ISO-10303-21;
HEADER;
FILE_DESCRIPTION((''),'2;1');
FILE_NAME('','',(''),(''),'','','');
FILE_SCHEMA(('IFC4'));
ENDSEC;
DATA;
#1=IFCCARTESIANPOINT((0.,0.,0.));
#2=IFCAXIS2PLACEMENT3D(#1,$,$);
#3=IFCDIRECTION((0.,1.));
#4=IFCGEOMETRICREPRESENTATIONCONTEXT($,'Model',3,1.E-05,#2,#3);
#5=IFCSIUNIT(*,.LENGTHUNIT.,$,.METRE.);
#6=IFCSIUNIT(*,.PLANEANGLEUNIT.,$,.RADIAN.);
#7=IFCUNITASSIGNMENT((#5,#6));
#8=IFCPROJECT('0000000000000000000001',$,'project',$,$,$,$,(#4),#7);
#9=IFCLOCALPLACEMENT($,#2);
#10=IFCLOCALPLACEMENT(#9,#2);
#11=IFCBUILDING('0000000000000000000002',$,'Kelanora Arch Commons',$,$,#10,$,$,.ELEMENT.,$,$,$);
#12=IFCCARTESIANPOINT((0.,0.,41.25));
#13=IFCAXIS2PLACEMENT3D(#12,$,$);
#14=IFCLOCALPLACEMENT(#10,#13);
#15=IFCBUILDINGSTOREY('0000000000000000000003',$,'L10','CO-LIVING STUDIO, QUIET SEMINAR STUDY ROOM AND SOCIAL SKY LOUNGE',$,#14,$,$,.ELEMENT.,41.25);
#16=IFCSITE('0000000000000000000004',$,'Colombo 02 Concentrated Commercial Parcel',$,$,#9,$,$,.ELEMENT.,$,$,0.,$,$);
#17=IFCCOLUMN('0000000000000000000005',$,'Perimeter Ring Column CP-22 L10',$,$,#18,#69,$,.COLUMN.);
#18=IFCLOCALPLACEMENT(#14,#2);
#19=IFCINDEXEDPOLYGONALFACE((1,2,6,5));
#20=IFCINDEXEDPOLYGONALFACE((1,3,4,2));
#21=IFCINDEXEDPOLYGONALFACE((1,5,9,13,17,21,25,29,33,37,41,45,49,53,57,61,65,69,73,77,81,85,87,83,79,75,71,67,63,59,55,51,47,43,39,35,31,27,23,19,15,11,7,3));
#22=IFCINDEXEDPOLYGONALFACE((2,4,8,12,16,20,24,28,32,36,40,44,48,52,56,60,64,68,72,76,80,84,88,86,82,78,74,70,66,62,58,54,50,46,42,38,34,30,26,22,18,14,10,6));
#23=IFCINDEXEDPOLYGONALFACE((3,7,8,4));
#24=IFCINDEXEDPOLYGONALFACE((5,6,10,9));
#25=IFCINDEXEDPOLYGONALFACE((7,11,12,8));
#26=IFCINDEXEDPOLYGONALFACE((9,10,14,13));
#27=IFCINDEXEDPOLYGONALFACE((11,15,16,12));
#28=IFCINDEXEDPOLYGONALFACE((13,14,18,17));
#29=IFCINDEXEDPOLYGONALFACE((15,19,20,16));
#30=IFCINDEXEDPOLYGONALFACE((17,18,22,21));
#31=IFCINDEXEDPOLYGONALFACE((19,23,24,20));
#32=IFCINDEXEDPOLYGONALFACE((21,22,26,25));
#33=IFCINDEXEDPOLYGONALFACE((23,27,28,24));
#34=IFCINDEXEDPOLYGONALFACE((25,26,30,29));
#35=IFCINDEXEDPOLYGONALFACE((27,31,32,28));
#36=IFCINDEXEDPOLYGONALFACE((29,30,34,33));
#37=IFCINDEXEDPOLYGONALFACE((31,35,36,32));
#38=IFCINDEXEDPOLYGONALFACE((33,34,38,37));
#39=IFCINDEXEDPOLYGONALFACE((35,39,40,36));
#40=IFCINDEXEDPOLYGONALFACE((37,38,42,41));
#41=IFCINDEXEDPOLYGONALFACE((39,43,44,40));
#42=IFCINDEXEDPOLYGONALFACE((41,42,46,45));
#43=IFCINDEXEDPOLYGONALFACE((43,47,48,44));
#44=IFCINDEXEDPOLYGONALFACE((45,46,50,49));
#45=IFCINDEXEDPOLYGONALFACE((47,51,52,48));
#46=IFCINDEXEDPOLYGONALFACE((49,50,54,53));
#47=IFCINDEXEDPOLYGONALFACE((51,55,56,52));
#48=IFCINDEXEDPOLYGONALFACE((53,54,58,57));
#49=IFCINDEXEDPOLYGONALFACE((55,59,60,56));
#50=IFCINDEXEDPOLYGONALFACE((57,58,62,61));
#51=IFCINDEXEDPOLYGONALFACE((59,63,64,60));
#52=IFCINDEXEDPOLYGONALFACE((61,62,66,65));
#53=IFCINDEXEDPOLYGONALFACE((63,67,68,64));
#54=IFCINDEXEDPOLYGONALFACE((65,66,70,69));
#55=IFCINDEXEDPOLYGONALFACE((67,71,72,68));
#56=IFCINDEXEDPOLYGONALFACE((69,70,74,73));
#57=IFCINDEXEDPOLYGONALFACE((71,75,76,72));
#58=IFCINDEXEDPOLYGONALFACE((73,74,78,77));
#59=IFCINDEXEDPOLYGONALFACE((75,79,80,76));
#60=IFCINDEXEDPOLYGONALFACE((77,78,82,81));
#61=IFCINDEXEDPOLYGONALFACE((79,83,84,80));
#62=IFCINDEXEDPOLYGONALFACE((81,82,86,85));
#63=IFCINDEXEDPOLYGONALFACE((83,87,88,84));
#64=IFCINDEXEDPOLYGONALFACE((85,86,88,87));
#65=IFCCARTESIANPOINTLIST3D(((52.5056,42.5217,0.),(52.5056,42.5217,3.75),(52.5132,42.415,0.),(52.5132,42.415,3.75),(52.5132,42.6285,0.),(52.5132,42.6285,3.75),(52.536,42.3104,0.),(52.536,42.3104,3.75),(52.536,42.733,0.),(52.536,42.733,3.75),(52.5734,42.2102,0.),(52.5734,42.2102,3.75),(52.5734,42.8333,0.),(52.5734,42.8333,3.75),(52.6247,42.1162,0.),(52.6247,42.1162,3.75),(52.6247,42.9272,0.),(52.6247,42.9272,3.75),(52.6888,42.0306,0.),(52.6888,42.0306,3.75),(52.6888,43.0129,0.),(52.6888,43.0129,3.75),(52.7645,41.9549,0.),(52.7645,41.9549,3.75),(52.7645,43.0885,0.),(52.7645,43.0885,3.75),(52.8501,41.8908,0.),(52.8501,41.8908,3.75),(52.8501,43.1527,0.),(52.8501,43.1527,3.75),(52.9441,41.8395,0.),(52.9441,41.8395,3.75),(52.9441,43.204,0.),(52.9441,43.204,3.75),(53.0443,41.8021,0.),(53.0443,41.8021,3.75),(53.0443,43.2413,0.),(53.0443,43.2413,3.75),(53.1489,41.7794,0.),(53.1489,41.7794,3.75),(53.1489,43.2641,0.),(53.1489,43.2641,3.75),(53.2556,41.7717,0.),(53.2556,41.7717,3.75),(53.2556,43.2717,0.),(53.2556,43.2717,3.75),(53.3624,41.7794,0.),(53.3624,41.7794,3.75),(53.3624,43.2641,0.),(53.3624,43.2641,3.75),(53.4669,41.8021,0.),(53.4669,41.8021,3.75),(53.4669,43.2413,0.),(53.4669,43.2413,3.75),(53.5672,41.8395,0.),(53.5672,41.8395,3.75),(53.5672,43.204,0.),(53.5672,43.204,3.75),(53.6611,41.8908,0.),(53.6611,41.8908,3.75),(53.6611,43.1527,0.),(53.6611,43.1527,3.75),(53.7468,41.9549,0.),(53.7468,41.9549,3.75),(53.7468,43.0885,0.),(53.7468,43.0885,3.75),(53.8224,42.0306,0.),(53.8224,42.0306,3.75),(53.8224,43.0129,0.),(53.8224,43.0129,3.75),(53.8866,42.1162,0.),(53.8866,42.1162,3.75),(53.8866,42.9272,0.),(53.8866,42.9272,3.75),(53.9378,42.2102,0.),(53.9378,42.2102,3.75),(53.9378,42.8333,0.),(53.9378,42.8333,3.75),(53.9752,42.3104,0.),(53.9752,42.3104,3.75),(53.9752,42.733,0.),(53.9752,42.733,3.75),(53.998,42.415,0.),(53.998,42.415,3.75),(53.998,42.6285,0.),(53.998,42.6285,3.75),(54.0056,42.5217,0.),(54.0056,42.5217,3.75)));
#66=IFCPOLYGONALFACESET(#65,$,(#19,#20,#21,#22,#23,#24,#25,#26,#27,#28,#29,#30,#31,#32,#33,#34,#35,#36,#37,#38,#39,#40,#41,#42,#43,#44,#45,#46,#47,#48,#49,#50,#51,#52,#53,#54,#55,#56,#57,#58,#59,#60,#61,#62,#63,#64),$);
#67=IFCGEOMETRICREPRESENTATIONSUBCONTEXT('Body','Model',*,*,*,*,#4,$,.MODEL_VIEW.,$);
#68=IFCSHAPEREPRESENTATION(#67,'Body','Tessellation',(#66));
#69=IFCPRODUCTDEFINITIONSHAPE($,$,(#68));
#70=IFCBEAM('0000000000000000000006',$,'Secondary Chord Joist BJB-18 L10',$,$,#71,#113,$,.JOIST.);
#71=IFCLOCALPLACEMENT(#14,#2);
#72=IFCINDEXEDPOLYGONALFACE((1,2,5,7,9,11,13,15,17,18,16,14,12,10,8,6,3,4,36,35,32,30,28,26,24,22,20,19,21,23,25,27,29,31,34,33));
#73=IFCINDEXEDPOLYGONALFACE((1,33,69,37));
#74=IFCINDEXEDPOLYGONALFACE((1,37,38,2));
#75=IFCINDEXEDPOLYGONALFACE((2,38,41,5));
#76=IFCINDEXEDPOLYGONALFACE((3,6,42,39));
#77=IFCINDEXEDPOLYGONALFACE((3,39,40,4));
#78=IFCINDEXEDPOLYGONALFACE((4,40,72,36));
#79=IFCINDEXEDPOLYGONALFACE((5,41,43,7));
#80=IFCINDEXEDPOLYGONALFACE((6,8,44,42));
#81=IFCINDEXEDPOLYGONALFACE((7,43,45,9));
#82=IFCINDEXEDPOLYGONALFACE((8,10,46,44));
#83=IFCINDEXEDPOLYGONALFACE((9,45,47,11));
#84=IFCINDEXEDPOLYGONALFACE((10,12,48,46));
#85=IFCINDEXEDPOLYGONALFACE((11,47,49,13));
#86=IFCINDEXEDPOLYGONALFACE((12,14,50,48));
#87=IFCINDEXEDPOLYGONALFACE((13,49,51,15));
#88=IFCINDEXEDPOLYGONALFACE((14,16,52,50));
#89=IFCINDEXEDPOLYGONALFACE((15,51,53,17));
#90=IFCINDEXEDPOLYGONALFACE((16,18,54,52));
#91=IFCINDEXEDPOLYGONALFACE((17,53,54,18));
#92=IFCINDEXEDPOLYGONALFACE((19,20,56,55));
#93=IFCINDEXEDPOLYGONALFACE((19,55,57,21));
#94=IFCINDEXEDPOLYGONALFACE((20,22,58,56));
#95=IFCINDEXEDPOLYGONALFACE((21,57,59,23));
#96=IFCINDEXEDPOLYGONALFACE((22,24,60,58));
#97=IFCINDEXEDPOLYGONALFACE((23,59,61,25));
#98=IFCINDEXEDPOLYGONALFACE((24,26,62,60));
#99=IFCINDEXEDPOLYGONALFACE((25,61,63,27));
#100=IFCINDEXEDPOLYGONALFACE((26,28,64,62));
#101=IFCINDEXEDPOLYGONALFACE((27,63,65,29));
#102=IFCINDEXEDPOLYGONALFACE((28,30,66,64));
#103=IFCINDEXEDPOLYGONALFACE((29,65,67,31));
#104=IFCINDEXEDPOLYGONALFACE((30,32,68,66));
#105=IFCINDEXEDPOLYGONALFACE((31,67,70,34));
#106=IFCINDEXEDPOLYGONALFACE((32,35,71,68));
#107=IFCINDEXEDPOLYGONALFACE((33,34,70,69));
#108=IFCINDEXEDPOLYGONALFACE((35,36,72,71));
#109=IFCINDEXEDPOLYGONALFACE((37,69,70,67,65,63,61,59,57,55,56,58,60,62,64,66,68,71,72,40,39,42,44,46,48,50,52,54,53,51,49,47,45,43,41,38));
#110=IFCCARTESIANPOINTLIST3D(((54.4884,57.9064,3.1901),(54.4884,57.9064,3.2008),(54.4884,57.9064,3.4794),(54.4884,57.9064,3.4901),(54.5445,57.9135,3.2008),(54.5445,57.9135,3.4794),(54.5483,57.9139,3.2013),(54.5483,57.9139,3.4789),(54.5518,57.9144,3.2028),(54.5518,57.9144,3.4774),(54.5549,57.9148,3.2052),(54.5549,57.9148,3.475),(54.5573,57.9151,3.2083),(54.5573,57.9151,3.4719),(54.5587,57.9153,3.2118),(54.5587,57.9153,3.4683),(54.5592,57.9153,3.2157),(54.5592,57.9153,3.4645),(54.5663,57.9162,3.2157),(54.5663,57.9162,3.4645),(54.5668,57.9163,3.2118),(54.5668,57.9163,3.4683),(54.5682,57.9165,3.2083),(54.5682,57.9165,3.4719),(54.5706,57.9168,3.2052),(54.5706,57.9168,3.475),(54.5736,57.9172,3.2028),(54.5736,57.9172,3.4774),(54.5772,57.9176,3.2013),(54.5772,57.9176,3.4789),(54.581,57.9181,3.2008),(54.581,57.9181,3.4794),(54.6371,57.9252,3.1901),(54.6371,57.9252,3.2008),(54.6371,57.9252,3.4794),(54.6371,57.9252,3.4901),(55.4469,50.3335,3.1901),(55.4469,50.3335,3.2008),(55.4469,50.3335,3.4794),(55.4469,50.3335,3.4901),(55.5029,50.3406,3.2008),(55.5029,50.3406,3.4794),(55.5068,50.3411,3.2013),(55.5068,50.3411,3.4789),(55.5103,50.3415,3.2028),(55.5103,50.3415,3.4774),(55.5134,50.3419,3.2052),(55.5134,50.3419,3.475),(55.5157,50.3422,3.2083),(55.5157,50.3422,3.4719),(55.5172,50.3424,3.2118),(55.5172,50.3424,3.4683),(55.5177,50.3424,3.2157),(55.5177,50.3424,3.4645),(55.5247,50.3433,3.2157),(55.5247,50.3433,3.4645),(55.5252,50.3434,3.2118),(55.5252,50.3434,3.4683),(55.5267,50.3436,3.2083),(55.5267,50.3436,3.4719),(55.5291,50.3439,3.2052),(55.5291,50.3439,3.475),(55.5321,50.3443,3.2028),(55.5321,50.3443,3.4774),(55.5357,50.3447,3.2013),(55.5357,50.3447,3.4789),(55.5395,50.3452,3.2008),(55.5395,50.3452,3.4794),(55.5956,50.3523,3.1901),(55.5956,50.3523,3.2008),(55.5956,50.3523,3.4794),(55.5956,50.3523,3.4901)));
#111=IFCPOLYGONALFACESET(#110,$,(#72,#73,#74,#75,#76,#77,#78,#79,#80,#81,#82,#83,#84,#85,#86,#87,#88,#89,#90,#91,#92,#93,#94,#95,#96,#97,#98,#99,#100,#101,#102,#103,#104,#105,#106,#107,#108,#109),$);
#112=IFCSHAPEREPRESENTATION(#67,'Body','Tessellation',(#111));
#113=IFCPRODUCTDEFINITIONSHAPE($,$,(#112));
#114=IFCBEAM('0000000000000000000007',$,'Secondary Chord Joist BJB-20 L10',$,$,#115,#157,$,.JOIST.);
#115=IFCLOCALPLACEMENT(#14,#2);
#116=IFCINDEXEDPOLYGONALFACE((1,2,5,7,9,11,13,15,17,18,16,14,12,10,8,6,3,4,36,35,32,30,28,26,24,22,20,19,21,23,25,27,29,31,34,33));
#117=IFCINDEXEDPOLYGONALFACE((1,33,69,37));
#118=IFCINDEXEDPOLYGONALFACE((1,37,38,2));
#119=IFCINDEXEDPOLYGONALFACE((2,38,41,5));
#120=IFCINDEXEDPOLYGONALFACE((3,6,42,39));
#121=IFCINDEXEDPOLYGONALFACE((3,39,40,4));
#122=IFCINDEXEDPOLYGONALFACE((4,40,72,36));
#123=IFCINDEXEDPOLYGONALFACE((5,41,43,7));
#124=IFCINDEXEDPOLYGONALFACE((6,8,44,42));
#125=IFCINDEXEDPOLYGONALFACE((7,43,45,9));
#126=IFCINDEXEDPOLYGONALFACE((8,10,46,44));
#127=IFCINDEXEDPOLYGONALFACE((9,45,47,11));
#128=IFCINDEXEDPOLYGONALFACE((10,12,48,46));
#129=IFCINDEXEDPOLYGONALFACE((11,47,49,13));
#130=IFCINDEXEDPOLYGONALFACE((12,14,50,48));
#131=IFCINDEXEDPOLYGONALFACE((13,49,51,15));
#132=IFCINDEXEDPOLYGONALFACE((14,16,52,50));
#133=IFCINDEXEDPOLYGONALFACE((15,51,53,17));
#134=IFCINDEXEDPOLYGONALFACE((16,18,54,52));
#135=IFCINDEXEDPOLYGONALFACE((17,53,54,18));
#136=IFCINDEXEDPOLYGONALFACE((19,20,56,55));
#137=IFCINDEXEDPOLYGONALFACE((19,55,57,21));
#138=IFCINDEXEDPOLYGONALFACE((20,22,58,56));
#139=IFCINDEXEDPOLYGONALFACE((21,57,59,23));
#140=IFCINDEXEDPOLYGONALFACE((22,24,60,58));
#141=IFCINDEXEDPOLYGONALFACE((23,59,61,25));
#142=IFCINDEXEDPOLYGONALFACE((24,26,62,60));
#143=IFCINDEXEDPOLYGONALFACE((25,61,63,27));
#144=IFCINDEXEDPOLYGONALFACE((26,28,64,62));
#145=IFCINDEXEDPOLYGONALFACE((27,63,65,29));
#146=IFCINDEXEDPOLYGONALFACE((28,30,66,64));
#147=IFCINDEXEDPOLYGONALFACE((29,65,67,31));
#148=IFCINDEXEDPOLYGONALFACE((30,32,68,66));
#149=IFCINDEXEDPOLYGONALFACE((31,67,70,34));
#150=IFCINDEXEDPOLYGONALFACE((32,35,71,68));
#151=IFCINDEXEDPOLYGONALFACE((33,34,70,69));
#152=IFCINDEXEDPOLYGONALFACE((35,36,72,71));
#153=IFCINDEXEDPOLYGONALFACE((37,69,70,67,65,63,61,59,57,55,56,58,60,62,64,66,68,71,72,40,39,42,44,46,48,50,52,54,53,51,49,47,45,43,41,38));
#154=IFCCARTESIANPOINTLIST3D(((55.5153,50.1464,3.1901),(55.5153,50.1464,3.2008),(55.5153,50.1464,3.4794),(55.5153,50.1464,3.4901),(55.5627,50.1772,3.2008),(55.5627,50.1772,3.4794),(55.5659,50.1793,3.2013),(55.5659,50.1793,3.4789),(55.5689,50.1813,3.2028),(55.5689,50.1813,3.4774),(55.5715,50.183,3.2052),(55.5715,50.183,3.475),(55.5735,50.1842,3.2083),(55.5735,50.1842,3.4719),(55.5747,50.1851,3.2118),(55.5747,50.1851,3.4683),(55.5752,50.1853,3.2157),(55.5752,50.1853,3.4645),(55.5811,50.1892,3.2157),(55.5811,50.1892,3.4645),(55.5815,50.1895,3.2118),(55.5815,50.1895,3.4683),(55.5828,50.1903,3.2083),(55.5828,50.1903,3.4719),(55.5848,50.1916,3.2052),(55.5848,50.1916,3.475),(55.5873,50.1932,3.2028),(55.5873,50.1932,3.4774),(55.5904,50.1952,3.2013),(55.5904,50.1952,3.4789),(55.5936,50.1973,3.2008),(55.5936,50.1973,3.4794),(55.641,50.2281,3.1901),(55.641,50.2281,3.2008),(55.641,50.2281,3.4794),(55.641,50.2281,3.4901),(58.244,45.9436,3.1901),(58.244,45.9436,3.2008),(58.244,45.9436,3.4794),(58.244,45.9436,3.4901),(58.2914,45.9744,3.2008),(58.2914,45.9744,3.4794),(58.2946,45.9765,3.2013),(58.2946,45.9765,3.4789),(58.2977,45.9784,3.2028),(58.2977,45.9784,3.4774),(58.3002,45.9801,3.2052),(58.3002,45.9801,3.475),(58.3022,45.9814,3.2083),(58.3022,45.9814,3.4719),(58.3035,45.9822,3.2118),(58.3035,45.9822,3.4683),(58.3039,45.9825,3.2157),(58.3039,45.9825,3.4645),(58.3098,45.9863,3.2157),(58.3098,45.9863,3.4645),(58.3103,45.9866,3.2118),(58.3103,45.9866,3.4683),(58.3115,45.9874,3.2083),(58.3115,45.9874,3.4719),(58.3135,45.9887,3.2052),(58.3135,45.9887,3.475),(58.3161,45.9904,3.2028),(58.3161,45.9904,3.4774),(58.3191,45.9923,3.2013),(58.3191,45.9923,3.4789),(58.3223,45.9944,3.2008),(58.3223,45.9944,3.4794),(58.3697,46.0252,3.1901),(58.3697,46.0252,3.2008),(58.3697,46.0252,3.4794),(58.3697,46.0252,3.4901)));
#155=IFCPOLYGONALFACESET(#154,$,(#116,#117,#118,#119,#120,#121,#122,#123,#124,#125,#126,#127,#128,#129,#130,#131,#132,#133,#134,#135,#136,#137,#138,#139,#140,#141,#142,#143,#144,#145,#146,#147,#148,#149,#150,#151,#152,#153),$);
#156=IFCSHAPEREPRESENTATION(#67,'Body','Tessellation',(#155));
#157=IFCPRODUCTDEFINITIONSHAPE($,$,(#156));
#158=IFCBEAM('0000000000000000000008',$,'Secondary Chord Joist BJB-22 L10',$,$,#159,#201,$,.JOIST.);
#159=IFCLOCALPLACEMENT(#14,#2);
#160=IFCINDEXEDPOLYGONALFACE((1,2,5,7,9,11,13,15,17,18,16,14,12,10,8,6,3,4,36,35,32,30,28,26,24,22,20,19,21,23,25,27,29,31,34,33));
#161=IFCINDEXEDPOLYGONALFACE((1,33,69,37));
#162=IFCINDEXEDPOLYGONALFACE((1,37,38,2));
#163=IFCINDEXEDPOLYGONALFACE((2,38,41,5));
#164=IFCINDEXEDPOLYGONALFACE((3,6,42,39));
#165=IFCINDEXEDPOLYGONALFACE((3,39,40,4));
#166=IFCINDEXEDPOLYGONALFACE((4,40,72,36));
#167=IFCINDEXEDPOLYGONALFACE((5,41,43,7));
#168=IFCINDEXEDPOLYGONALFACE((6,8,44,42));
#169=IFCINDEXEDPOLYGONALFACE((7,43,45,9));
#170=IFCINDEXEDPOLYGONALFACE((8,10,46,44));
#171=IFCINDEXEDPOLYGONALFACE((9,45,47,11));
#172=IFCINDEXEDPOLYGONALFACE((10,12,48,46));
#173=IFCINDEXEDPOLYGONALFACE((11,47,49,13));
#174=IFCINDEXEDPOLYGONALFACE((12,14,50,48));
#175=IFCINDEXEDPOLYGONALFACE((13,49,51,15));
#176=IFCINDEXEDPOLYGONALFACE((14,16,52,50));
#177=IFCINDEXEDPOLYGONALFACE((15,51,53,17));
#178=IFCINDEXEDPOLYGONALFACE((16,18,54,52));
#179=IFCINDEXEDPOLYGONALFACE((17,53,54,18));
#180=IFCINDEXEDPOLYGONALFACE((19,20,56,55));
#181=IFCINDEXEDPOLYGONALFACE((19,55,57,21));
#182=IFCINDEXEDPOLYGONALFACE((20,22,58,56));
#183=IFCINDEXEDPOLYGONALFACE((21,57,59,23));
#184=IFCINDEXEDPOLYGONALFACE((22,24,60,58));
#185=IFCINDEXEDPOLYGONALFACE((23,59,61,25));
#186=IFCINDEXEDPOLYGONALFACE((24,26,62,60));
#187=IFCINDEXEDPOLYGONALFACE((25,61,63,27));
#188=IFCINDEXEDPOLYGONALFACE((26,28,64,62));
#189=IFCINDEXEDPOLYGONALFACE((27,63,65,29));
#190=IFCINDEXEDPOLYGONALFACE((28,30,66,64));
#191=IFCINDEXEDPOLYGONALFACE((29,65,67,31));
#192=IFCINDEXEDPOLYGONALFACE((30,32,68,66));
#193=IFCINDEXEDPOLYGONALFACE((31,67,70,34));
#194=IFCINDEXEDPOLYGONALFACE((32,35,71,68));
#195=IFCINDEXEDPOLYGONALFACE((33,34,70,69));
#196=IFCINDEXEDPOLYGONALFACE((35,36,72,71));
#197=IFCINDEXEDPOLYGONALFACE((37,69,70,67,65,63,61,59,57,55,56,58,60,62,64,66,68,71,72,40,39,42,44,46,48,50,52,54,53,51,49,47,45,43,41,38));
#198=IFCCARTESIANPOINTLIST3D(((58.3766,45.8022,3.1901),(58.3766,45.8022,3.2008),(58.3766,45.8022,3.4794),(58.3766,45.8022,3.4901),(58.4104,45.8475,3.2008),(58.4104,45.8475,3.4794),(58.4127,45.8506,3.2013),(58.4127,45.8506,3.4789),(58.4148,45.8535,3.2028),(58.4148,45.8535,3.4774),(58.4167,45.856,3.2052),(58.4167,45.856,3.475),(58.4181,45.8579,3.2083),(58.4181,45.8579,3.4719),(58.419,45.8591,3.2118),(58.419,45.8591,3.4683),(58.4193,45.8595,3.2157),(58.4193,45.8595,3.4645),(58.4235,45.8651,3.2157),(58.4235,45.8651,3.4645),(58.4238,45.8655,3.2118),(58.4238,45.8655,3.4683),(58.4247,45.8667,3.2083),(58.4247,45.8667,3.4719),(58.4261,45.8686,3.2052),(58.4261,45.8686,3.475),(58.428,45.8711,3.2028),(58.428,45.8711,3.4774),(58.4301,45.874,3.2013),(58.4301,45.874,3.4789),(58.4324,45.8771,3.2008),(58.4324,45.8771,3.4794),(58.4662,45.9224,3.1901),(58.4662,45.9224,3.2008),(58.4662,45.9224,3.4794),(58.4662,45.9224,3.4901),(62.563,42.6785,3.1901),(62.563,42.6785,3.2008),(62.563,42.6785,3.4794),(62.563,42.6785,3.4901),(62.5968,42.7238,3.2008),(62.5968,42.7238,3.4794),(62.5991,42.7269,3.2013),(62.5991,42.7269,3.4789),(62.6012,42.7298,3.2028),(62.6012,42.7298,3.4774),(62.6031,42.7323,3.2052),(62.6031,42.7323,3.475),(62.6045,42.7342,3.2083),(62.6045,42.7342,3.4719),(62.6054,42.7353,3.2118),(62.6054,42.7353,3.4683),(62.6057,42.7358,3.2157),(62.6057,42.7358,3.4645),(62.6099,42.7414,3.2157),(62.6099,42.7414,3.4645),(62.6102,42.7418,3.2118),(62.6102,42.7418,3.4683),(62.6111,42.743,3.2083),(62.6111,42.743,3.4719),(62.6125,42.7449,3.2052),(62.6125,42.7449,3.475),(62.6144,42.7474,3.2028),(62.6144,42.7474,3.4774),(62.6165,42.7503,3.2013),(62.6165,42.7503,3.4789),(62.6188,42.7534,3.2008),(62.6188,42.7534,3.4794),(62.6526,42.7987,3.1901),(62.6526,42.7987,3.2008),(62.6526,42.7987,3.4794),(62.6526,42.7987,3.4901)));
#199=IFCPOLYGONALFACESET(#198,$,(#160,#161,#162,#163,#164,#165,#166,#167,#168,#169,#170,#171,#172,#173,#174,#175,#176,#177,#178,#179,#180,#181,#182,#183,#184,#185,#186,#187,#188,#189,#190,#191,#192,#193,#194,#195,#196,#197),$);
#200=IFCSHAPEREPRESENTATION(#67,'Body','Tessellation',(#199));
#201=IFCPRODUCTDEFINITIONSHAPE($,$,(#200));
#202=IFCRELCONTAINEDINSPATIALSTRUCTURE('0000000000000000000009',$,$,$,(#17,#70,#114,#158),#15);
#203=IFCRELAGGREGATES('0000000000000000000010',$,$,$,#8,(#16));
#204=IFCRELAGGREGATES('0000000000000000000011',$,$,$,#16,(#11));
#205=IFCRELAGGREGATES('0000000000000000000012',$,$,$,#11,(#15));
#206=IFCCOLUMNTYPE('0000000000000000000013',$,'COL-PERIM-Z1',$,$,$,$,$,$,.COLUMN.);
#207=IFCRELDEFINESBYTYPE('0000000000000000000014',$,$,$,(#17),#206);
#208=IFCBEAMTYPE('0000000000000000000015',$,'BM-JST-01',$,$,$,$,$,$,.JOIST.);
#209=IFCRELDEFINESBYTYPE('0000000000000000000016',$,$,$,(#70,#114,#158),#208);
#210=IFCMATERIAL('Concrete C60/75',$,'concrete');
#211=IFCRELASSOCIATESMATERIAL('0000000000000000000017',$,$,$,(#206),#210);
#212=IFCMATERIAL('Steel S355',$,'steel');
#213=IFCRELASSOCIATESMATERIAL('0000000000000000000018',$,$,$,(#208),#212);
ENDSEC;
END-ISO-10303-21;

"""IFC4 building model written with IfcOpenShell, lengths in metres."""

from ifc_helpers import new_model, si_unit, direction, frame, origin, origin_2d, place, context, subcontext, project, spatial, circle, i_section, extrude, material, material_profile, profile_set, type_object, element, save


model = new_model("IFC4")

# Units and contexts
model_context = context("Model", 3, precision=1e-05, world=origin(), true_north=direction((0.0, 1.0)))
body_context = subcontext(model_context, "Body", "Model", "MODEL_VIEW")
ifc_project = project(units=[si_unit("LENGTHUNIT", "METRE"), si_unit("PLANEANGLEUNIT", "RADIAN")], contexts=[model_context])

# Site, building, storey
site_placement = place(None, origin())
site = spatial("IfcSite", under=ifc_project, at=site_placement, Name="Colombo 02 Concentrated Commercial Parcel", CompositionType="ELEMENT", RefElevation=0.0)
building_placement = place(site_placement, origin())
building = spatial("IfcBuilding", under=site, at=building_placement, Name="Kelanora Arch Commons", CompositionType="ELEMENT")
storey_placement = place(building_placement, frame((0.0, 0.0, 41.25)))
storey = spatial("IfcBuildingStorey", under=building, at=storey_placement, Name="L10", Description="CO-LIVING STUDIO, QUIET SEMINAR STUDY ROOM AND SOCIAL SKY LOUNGE", CompositionType="ELEMENT", Elevation=41.25)

# Column
ifc_material_1 = material(Name="Concrete C60/75", Category="concrete")
ifc_material_profile_1 = material_profile(ifc_material_1, circle(Radius=0.75, at=origin_2d()), Name="RCC1500")
ifc_profile_set_1 = profile_set([ifc_material_profile_1], Name="Concrete C60/75")
column_type = type_object("IfcColumnType", Name="COL-PERIM-Z1", PredefinedType="COLUMN", material=ifc_profile_set_1)
column_placement = place(storey_placement, frame((53.2556, 42.5217, 0.0), z_axis=(0.0, 0.0, 1.0), x_axis=(1.0, 0.0, 0.0)))
element("IfcColumn", 1, at=column_placement, inside=storey, type_object=column_type, Name="Perimeter Ring Column CP-22 L10", PredefinedType="COLUMN", context=body_context, shape_type="SweptSolid", body=[
    extrude(circle(Radius=0.75, at=origin_2d()), origin(), (0.0, 0.0, 1.0), 3.75),
])

# Beams
ifc_material_2 = material(Name="Steel S355", Category="steel")
ifc_material_profile_2 = material_profile(ifc_material_2, i_section(OverallWidth=0.1499, OverallDepth=0.3, WebThickness=0.0071, FlangeThickness=0.0107, FilletRadius=0.0149, at=origin_2d()), Name="IPE300")
ifc_profile_set_2 = profile_set([ifc_material_profile_2], Name="Steel S355")
beam_type_1 = type_object("IfcBeamType", Name="BM-JST-01", PredefinedType="JOIST", material=ifc_profile_set_2)
beam_1_placement = place(storey_placement, frame((54.5627, 57.9158, 3.3401), z_axis=(0.125566, -0.992085, 0.0), x_axis=(0.992085, 0.125566, 0.0)))
element("IfcBeam", 2, at=beam_1_placement, inside=storey, type_object=beam_type_1, Name="Secondary Chord Joist BJB-18 L10", PredefinedType="JOIST", context=body_context, shape_type="SweptSolid", body=[
    extrude(i_section(OverallWidth=0.1499, OverallDepth=0.3, WebThickness=0.0071, FlangeThickness=0.0107, FilletRadius=0.0149, at=origin_2d()), origin(), (0.0, 0.0, 1.0), 7.6333),
])
beam_2_placement = place(storey_placement, frame((55.5781, 50.1873, 3.3401), z_axis=(0.544552, -0.838727, 0.0), x_axis=(0.838727, 0.544552, 0.0)))
element("IfcBeam", 3, at=beam_2_placement, inside=storey, type_object=beam_type_1, Name="Secondary Chord Joist BJB-20 L10", PredefinedType="JOIST", context=body_context, shape_type="SweptSolid", body=[
    extrude(i_section(OverallWidth=0.1499, OverallDepth=0.3, WebThickness=0.0071, FlangeThickness=0.0107, FilletRadius=0.0149, at=origin_2d()), origin(), (0.0, 0.0, 1.0), 5.011),
])
beam_3_placement = place(storey_placement, frame((58.4214, 45.8623, 3.3401), z_axis=(0.801478, -0.598024, 0.0), x_axis=(0.598024, 0.801478, 0.0)))
element("IfcBeam", 4, at=beam_3_placement, inside=storey, type_object=beam_type_1, Name="Secondary Chord Joist BJB-22 L10", PredefinedType="JOIST", context=body_context, shape_type="SweptSolid", body=[
    extrude(i_section(OverallWidth=0.1499, OverallDepth=0.3, WebThickness=0.0071, FlangeThickness=0.0107, FilletRadius=0.0149, at=origin_2d()), origin(), (0.0, 0.0, 1.0), 5.2234),
])

save(model, "model.ifc")
